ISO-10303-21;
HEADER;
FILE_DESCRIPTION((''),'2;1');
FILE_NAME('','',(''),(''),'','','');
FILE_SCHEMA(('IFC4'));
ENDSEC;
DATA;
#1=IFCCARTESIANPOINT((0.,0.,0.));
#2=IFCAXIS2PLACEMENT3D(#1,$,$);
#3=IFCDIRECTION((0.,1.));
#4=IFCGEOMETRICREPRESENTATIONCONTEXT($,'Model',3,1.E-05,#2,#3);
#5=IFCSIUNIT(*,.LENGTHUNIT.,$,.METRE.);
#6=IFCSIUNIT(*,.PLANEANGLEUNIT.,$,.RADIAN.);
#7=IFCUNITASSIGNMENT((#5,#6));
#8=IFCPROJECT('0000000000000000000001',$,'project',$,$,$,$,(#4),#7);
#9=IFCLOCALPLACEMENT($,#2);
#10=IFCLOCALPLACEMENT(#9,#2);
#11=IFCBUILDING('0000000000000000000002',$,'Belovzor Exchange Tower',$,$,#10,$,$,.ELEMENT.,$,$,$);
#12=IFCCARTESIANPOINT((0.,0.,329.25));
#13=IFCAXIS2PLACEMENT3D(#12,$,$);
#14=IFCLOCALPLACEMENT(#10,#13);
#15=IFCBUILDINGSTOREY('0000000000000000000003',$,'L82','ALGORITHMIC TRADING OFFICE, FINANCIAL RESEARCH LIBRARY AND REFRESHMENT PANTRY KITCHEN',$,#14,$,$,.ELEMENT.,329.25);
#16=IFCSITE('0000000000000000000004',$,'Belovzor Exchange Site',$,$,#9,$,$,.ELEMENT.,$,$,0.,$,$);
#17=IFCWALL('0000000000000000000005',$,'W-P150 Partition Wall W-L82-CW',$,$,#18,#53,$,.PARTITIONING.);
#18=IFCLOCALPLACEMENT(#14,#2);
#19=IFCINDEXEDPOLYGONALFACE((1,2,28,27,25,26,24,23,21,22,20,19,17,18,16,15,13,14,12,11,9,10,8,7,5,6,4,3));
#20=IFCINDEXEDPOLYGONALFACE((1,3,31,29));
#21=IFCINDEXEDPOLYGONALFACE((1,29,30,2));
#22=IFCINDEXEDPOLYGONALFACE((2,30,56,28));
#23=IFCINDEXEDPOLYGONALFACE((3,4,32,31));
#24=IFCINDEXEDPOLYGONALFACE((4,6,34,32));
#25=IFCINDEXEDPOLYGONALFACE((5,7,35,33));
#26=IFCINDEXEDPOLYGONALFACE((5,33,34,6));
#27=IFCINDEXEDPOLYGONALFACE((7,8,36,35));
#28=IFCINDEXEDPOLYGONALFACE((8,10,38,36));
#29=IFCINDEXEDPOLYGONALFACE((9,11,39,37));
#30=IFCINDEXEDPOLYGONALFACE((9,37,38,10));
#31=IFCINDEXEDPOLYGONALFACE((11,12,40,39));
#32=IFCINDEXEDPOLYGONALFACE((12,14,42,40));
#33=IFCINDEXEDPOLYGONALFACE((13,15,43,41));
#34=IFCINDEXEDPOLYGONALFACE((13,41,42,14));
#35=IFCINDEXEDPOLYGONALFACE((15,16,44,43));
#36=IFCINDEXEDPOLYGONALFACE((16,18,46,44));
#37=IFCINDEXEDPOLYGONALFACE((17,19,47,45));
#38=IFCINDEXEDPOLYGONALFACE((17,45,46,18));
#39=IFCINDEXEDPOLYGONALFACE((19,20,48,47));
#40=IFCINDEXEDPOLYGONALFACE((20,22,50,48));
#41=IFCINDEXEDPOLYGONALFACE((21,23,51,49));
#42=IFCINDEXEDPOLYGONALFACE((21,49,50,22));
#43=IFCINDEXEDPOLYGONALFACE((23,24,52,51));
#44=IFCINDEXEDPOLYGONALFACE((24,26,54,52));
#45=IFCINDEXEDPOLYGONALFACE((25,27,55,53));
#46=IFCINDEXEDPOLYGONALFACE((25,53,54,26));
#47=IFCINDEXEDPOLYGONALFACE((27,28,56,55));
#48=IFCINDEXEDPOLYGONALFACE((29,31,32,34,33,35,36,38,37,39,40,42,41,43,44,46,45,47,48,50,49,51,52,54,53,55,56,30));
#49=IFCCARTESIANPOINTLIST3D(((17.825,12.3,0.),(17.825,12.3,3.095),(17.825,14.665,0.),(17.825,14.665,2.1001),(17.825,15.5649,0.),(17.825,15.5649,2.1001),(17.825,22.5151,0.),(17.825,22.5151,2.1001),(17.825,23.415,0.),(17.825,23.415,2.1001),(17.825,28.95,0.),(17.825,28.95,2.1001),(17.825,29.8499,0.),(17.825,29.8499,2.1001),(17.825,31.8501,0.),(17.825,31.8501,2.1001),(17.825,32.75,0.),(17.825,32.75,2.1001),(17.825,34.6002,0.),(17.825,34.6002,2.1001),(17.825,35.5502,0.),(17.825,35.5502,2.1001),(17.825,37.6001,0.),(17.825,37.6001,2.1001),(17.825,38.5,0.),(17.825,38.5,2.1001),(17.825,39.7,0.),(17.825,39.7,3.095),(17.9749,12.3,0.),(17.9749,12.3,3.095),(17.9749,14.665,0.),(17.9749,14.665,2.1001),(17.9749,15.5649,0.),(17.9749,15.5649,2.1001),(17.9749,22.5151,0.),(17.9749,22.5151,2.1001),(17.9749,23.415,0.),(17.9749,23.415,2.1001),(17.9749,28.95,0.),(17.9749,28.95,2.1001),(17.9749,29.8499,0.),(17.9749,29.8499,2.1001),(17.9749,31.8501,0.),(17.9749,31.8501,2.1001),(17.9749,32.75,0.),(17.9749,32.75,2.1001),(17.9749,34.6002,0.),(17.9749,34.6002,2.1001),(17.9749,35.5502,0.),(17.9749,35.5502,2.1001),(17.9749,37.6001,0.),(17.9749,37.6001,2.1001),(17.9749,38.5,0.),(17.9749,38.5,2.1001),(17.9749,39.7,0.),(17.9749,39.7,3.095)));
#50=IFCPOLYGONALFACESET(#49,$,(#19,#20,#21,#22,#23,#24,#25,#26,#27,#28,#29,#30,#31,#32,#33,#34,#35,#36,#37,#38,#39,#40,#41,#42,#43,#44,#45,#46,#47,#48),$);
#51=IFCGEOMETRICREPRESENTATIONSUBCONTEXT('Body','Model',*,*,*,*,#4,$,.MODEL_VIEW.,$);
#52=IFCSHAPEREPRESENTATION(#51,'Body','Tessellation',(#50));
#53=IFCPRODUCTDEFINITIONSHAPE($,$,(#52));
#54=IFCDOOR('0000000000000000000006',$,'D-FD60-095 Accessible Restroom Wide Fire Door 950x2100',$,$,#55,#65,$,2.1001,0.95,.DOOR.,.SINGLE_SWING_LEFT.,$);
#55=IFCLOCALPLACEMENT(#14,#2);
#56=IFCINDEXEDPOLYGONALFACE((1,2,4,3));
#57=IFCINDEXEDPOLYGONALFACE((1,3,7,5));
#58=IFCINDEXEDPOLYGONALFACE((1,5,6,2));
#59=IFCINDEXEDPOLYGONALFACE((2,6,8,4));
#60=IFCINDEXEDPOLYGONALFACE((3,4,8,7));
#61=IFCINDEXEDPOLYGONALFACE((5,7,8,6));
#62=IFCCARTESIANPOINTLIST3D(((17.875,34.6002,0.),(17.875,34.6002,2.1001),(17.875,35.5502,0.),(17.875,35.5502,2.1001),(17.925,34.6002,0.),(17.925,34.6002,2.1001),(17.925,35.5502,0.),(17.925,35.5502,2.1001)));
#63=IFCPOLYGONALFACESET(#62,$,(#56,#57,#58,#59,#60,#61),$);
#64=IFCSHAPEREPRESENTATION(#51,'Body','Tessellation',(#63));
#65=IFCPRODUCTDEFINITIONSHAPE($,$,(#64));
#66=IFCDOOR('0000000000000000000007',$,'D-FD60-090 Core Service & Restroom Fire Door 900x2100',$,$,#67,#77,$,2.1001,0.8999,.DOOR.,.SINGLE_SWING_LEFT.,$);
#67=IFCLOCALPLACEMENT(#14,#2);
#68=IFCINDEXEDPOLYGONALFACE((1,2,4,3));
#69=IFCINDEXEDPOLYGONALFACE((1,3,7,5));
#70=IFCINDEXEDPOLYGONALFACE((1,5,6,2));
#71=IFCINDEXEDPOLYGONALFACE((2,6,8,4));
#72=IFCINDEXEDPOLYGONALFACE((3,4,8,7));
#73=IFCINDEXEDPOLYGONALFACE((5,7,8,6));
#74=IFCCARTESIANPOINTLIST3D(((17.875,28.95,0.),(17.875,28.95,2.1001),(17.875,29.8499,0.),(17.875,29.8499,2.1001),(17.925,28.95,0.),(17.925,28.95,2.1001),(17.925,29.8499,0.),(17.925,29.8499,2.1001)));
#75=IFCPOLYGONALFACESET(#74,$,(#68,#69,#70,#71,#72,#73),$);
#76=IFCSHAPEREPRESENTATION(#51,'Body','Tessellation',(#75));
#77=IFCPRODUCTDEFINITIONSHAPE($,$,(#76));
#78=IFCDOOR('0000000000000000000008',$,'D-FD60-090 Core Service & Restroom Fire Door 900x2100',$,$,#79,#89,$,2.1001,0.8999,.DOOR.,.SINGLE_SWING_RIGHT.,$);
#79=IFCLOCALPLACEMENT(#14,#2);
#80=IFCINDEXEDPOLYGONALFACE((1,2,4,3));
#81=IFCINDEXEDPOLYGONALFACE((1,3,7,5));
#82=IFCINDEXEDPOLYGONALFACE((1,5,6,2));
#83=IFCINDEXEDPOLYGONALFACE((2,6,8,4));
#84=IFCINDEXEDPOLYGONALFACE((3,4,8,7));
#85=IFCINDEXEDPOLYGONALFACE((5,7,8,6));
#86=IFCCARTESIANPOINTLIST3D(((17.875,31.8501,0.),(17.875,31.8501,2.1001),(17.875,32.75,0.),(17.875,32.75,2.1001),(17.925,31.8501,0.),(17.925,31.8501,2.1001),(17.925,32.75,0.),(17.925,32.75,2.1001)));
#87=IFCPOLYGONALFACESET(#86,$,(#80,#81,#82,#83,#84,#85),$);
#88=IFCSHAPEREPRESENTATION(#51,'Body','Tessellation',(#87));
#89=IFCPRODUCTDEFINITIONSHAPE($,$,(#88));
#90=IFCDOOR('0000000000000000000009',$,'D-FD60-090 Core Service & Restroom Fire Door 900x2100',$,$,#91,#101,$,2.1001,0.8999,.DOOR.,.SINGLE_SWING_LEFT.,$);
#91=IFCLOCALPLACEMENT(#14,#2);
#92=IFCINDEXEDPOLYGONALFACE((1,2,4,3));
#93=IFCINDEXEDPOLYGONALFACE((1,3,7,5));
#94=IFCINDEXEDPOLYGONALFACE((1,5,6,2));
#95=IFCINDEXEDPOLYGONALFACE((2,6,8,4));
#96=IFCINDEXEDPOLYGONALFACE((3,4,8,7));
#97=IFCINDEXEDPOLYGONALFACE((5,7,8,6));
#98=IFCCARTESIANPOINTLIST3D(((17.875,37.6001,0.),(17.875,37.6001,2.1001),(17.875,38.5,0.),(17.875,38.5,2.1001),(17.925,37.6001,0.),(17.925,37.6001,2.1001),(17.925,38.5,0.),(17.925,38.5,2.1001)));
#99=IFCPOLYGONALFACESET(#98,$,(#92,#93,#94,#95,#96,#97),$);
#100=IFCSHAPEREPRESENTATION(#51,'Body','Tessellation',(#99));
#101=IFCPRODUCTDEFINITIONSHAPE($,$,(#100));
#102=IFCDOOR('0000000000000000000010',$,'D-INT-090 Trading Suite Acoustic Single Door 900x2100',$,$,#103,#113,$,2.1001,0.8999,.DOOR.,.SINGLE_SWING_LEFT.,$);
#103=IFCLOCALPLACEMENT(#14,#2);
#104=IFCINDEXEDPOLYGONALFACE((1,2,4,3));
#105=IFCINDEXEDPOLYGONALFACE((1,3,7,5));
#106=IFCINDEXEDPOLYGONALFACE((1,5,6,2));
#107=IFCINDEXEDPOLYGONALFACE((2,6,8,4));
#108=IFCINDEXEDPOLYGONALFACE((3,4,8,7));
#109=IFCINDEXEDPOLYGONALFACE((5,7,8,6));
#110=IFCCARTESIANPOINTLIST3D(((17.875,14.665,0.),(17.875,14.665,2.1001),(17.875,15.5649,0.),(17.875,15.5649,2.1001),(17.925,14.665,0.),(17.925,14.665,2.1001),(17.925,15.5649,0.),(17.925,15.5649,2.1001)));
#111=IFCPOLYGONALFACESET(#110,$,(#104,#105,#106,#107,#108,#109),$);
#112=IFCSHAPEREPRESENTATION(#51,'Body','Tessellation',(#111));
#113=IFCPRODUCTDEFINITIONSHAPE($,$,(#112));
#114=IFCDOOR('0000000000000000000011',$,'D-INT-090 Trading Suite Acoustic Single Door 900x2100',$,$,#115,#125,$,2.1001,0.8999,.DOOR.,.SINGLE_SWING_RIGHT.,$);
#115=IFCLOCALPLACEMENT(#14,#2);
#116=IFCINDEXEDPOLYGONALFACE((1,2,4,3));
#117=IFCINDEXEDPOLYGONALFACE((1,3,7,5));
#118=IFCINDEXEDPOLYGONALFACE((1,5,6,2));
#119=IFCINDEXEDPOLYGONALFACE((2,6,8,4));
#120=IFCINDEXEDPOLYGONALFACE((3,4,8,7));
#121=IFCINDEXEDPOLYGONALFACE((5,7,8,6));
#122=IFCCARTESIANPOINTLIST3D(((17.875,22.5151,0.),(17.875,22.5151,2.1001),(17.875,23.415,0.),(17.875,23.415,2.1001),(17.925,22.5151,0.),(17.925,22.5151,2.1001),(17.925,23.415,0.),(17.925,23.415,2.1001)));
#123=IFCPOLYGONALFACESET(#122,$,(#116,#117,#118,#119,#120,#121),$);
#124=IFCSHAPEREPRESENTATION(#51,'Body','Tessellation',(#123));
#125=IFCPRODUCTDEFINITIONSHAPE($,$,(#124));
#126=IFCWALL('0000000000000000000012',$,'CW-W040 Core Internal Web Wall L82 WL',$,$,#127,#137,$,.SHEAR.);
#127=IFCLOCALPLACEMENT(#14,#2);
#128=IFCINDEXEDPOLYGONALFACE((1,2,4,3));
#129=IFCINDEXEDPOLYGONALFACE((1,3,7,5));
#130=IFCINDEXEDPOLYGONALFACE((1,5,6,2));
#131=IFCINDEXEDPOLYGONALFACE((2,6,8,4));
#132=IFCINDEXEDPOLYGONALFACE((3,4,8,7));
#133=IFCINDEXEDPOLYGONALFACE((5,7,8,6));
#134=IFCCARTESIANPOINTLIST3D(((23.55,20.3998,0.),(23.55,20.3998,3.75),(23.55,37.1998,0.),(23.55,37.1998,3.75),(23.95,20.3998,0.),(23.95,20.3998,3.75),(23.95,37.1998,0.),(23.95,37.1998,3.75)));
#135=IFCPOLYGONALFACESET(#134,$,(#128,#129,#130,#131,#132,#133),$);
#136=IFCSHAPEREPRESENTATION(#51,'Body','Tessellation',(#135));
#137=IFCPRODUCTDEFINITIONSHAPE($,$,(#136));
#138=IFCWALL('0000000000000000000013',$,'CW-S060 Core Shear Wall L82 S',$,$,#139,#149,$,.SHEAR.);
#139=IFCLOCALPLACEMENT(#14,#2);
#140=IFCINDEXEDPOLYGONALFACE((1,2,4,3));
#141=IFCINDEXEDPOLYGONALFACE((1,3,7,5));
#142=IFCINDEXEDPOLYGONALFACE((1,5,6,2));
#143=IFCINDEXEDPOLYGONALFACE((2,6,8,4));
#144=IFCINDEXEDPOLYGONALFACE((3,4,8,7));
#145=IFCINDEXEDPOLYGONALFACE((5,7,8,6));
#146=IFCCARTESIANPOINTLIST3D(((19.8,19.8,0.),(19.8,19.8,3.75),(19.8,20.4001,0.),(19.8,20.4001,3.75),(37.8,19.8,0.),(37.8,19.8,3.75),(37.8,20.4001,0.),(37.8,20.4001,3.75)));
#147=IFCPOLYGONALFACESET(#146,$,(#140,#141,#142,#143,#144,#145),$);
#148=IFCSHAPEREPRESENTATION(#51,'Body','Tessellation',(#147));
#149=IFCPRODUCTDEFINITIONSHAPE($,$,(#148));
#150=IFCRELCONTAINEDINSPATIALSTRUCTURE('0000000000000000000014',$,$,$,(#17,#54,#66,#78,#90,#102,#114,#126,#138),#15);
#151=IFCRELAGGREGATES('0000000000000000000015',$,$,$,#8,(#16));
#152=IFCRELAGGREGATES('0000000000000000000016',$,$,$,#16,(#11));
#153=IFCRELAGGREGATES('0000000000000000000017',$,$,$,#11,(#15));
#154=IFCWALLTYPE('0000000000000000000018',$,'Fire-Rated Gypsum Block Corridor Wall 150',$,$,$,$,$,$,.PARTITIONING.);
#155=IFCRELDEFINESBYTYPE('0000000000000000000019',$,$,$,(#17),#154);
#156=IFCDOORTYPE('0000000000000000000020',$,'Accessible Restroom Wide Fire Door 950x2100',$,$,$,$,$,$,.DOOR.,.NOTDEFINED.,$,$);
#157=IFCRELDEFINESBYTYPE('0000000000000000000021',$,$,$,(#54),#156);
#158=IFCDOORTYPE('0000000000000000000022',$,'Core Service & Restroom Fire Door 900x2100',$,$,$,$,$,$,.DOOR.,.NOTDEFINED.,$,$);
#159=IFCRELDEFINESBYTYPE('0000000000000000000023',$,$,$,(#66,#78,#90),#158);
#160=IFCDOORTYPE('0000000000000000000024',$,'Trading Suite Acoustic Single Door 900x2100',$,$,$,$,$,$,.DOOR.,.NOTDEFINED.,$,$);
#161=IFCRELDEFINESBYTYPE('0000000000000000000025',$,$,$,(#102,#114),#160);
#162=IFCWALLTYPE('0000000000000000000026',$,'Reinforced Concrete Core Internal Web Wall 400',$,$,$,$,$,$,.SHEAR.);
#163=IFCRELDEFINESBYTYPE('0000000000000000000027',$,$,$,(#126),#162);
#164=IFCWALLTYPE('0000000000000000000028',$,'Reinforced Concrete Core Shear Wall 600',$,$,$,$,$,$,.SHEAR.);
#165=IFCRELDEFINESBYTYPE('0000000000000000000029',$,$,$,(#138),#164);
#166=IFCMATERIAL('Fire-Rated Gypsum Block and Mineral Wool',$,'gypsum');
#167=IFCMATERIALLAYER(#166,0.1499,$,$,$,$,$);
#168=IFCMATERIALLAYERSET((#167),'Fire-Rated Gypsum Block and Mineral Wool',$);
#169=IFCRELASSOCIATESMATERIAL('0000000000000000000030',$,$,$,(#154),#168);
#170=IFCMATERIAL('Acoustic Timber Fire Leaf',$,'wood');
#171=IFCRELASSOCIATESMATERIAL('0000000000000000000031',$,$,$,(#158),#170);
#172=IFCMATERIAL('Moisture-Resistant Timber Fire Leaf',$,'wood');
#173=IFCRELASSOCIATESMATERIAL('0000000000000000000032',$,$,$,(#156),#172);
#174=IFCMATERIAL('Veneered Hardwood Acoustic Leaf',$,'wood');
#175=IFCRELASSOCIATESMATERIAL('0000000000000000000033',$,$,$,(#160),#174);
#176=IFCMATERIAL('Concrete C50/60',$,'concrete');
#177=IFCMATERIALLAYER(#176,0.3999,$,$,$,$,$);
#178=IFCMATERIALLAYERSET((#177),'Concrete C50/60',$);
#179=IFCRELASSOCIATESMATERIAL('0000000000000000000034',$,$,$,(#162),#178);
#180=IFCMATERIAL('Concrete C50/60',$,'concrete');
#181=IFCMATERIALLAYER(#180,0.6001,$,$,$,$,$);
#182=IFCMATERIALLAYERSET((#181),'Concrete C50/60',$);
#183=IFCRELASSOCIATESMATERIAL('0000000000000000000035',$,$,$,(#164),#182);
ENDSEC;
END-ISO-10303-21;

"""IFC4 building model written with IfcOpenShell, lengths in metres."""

from ifc_helpers import new_model, si_unit, direction, frame, frame_2d, origin, place, context, subcontext, project, spatial, rectangle, extrude, material, layer, layer_set, type_object, element, fill, save


model = new_model("IFC4")

# Units and contexts
model_context = context("Model", 3, precision=1e-05, world=origin(), true_north=direction((0.0, 1.0)))
body_context = subcontext(model_context, "Body", "Model", "MODEL_VIEW")
ifc_project = project(units=[si_unit("LENGTHUNIT", "METRE"), si_unit("PLANEANGLEUNIT", "RADIAN")], contexts=[model_context])

# Site, building, storey
site_placement = place(None, origin())
site = spatial("IfcSite", under=ifc_project, at=site_placement, Name="Belovzor Exchange Site", CompositionType="ELEMENT", RefElevation=0.0)
building_placement = place(site_placement, origin())
building = spatial("IfcBuilding", under=site, at=building_placement, Name="Belovzor Exchange Tower", CompositionType="ELEMENT")
storey_placement = place(building_placement, frame((0.0, 0.0, 329.25)))
storey = spatial("IfcBuildingStorey", under=building, at=storey_placement, Name="L82", Description="ALGORITHMIC TRADING OFFICE, FINANCIAL RESEARCH LIBRARY AND REFRESHMENT PANTRY KITCHEN", CompositionType="ELEMENT", Elevation=329.25)

# Shared definitions
ifc_material_1 = material(Name="Fire-Rated Gypsum Block and Mineral Wool", Category="gypsum")
ifc_layer_1 = layer(ifc_material_1, 0.1499)
ifc_layer_set_1 = layer_set([ifc_layer_1], Name="Fire-Rated Gypsum Block and Mineral Wool")
wall_type_1 = type_object("IfcWallType", Name="Fire-Rated Gypsum Block Corridor Wall 150", PredefinedType="PARTITIONING", material=ifc_layer_set_1)
ifc_material_2 = material(Name="Acoustic Timber Fire Leaf", Category="wood")
door_type_1 = type_object("IfcDoorType", Name="Core Service & Restroom Fire Door 900x2100", OperationType="NOTDEFINED", PredefinedType="DOOR", material=ifc_material_2)

# Wall, openings, doors
wall_1_placement = place(storey_placement, frame((17.8999, 12.3, 0.0), z_axis=(0.0, 0.0, 1.0), x_axis=(0.0, 1.0, 0.0)))
wall_1 = element("IfcWall", 1, at=wall_1_placement, inside=storey, type_object=wall_type_1, Name="W-P150 Partition Wall W-L82-CW", PredefinedType="PARTITIONING", context=body_context, shape_type="SweptSolid", body=[
    extrude(rectangle(XDim=27.3999, YDim=0.1499, at=frame_2d((13.7, 0.0))), origin(), (0.0, 0.0, 1.0), 3.095),
])
opening_1_placement = place(wall_1_placement, frame((2.365, 0.0, 0.0)))
opening_1 = element("IfcOpeningElement", 2, at=opening_1_placement, cuts=wall_1, PredefinedType="OPENING", context=body_context, shape_type="SweptSolid", body=[
    extrude(rectangle(XDim=0.8999, YDim=2.1001, at=frame_2d((0.45, 1.05))), frame((0.0, 0.085, 0.0), z_axis=(0.0, -1.0, 0.0), x_axis=(1.0, 0.0, 0.0)), (0.0, 0.0, 1.0), 0.1699),
])
opening_2_placement = place(wall_1_placement, frame((10.2151, 0.0, 0.0)))
opening_2 = element("IfcOpeningElement", 3, at=opening_2_placement, cuts=wall_1, PredefinedType="OPENING", context=body_context, shape_type="SweptSolid", body=[
    extrude(rectangle(XDim=0.8999, YDim=2.1001, at=frame_2d((0.45, 1.05))), frame((0.0, 0.085, 0.0), z_axis=(0.0, -1.0, 0.0), x_axis=(1.0, 0.0, 0.0)), (0.0, 0.0, 1.0), 0.1699),
])
opening_3_placement = place(wall_1_placement, frame((16.6499, 0.0, 0.0)))
opening_3 = element("IfcOpeningElement", 4, at=opening_3_placement, cuts=wall_1, PredefinedType="OPENING", context=body_context, shape_type="SweptSolid", body=[
    extrude(rectangle(XDim=0.8999, YDim=2.1001, at=frame_2d((0.45, 1.05))), frame((0.0, 0.085, 0.0), z_axis=(0.0, -1.0, 0.0), x_axis=(1.0, 0.0, 0.0)), (0.0, 0.0, 1.0), 0.1699),
])
opening_4_placement = place(wall_1_placement, frame((19.55, 0.0, 0.0)))
opening_4 = element("IfcOpeningElement", 5, at=opening_4_placement, cuts=wall_1, PredefinedType="OPENING", context=body_context, shape_type="SweptSolid", body=[
    extrude(rectangle(XDim=0.8999, YDim=2.1001, at=frame_2d((0.45, 1.05))), frame((0.0, 0.085, 0.0), z_axis=(0.0, -1.0, 0.0), x_axis=(1.0, 0.0, 0.0)), (0.0, 0.0, 1.0), 0.1699),
])
opening_5_placement = place(wall_1_placement, frame((22.3, 0.0, 0.0)))
opening_5 = element("IfcOpeningElement", 6, at=opening_5_placement, cuts=wall_1, PredefinedType="OPENING", context=body_context, shape_type="SweptSolid", body=[
    extrude(rectangle(XDim=0.95, YDim=2.1001, at=frame_2d((0.4751, 1.05))), frame((0.0, 0.085, 0.0), z_axis=(0.0, -1.0, 0.0), x_axis=(1.0, 0.0, 0.0)), (0.0, 0.0, 1.0), 0.1699),
])
opening_6_placement = place(wall_1_placement, frame((25.3, 0.0, 0.0)))
opening_6 = element("IfcOpeningElement", 7, at=opening_6_placement, cuts=wall_1, PredefinedType="OPENING", context=body_context, shape_type="SweptSolid", body=[
    extrude(rectangle(XDim=0.8999, YDim=2.1001, at=frame_2d((0.45, 1.05))), frame((0.0, 0.085, 0.0), z_axis=(0.0, -1.0, 0.0), x_axis=(1.0, 0.0, 0.0)), (0.0, 0.0, 1.0), 0.1699),
])
ifc_material_3 = material(Name="Moisture-Resistant Timber Fire Leaf", Category="wood")
door_type_2 = type_object("IfcDoorType", Name="Accessible Restroom Wide Fire Door 950x2100", OperationType="NOTDEFINED", PredefinedType="DOOR", material=ifc_material_3)
door_1_placement = place(opening_5_placement, origin())
door_1 = element("IfcDoor", 8, at=door_1_placement, inside=storey, type_object=door_type_2, Name="D-FD60-095 Accessible Restroom Wide Fire Door 950x2100", OperationType="SINGLE_SWING_LEFT", OverallHeight=2.1001, OverallWidth=0.95, PredefinedType="DOOR", context=body_context, shape_type="SweptSolid", body=[
    extrude(rectangle(XDim=0.95, YDim=2.1001, at=frame_2d((0.4751, 1.05))), frame((0.0, 0.0249, 0.0), z_axis=(0.0, -1.0, 0.0), x_axis=(1.0, 0.0, 0.0)), (0.0, 0.0, 1.0), 0.05),
])
fill(opening_5, door_1)
door_2_placement = place(opening_3_placement, origin())
door_2 = element("IfcDoor", 9, at=door_2_placement, inside=storey, type_object=door_type_1, Name="D-FD60-090 Core Service & Restroom Fire Door 900x2100", OperationType="SINGLE_SWING_LEFT", OverallHeight=2.1001, OverallWidth=0.8999, PredefinedType="DOOR", context=body_context, shape_type="SweptSolid", body=[
    extrude(rectangle(XDim=0.8999, YDim=2.1001, at=frame_2d((0.45, 1.05))), frame((0.0, 0.0249, 0.0), z_axis=(0.0, -1.0, 0.0), x_axis=(1.0, 0.0, 0.0)), (0.0, 0.0, 1.0), 0.05),
])
fill(opening_3, door_2)
door_3_placement = place(opening_4_placement, origin())
door_3 = element("IfcDoor", 10, at=door_3_placement, inside=storey, type_object=door_type_1, Name="D-FD60-090 Core Service & Restroom Fire Door 900x2100", OperationType="SINGLE_SWING_RIGHT", OverallHeight=2.1001, OverallWidth=0.8999, PredefinedType="DOOR", context=body_context, shape_type="SweptSolid", body=[
    extrude(rectangle(XDim=0.8999, YDim=2.1001, at=frame_2d((0.45, 1.05))), frame((0.0, 0.0249, 0.0), z_axis=(0.0, -1.0, 0.0), x_axis=(1.0, 0.0, 0.0)), (0.0, 0.0, 1.0), 0.05),
])
fill(opening_4, door_3)
door_4_placement = place(opening_6_placement, origin())
door_4 = element("IfcDoor", 11, at=door_4_placement, inside=storey, type_object=door_type_1, Name="D-FD60-090 Core Service & Restroom Fire Door 900x2100", OperationType="SINGLE_SWING_LEFT", OverallHeight=2.1001, OverallWidth=0.8999, PredefinedType="DOOR", context=body_context, shape_type="SweptSolid", body=[
    extrude(rectangle(XDim=0.8999, YDim=2.1001, at=frame_2d((0.45, 1.05))), frame((0.0, 0.0249, 0.0), z_axis=(0.0, -1.0, 0.0), x_axis=(1.0, 0.0, 0.0)), (0.0, 0.0, 1.0), 0.05),
])
fill(opening_6, door_4)
ifc_material_4 = material(Name="Veneered Hardwood Acoustic Leaf", Category="wood")
door_type_3 = type_object("IfcDoorType", Name="Trading Suite Acoustic Single Door 900x2100", OperationType="NOTDEFINED", PredefinedType="DOOR", material=ifc_material_4)
door_5_placement = place(opening_1_placement, origin())
door_5 = element("IfcDoor", 12, at=door_5_placement, inside=storey, type_object=door_type_3, Name="D-INT-090 Trading Suite Acoustic Single Door 900x2100", OperationType="SINGLE_SWING_LEFT", OverallHeight=2.1001, OverallWidth=0.8999, PredefinedType="DOOR", context=body_context, shape_type="SweptSolid", body=[
    extrude(rectangle(XDim=0.8999, YDim=2.1001, at=frame_2d((0.45, 1.05))), frame((0.0, 0.0249, 0.0), z_axis=(0.0, -1.0, 0.0), x_axis=(1.0, 0.0, 0.0)), (0.0, 0.0, 1.0), 0.05),
])
fill(opening_1, door_5)
door_6_placement = place(opening_2_placement, origin())
door_6 = element("IfcDoor", 13, at=door_6_placement, inside=storey, type_object=door_type_3, Name="D-INT-090 Trading Suite Acoustic Single Door 900x2100", OperationType="SINGLE_SWING_RIGHT", OverallHeight=2.1001, OverallWidth=0.8999, PredefinedType="DOOR", context=body_context, shape_type="SweptSolid", body=[
    extrude(rectangle(XDim=0.8999, YDim=2.1001, at=frame_2d((0.45, 1.05))), frame((0.0, 0.0249, 0.0), z_axis=(0.0, -1.0, 0.0), x_axis=(1.0, 0.0, 0.0)), (0.0, 0.0, 1.0), 0.05),
])
fill(opening_2, door_6)

# Walls
ifc_material_5 = material(Name="Concrete C50/60", Category="concrete")
ifc_layer_2 = layer(ifc_material_5, 0.3999)
ifc_layer_set_2 = layer_set([ifc_layer_2], Name="Concrete C50/60")
wall_type_2 = type_object("IfcWallType", Name="Reinforced Concrete Core Internal Web Wall 400", PredefinedType="SHEAR", material=ifc_layer_set_2)
wall_2_placement = place(storey_placement, frame((23.75, 20.3999, 0.0), z_axis=(0.0, 0.0, 1.0), x_axis=(0.0, 1.0, 0.0)))
element("IfcWall", 14, at=wall_2_placement, inside=storey, type_object=wall_type_2, Name="CW-W040 Core Internal Web Wall L82 WL", PredefinedType="SHEAR", context=body_context, shape_type="SweptSolid", body=[
    extrude(rectangle(XDim=16.8, YDim=0.3999, at=frame_2d((8.3999, 0.0))), origin(), (0.0, 0.0, 1.0), 3.75),
])
ifc_material_6 = material(Name="Concrete C50/60", Category="concrete")
ifc_layer_3 = layer(ifc_material_6, 0.6001)
ifc_layer_set_3 = layer_set([ifc_layer_3], Name="Concrete C50/60")
wall_type_3 = type_object("IfcWallType", Name="Reinforced Concrete Core Shear Wall 600", PredefinedType="SHEAR", material=ifc_layer_set_3)
wall_3_placement = place(storey_placement, frame((19.8, 20.1001, 0.0), z_axis=(0.0, 0.0, 1.0), x_axis=(1.0, 0.0, 0.0)))
element("IfcWall", 15, at=wall_3_placement, inside=storey, type_object=wall_type_3, Name="CW-S060 Core Shear Wall L82 S", PredefinedType="SHEAR", context=body_context, shape_type="SweptSolid", body=[
    extrude(rectangle(XDim=18.0, YDim=0.6001, at=frame_2d((9.0, 0.0))), origin(), (0.0, 0.0, 1.0), 3.75),
])

save(model, "model.ifc")
